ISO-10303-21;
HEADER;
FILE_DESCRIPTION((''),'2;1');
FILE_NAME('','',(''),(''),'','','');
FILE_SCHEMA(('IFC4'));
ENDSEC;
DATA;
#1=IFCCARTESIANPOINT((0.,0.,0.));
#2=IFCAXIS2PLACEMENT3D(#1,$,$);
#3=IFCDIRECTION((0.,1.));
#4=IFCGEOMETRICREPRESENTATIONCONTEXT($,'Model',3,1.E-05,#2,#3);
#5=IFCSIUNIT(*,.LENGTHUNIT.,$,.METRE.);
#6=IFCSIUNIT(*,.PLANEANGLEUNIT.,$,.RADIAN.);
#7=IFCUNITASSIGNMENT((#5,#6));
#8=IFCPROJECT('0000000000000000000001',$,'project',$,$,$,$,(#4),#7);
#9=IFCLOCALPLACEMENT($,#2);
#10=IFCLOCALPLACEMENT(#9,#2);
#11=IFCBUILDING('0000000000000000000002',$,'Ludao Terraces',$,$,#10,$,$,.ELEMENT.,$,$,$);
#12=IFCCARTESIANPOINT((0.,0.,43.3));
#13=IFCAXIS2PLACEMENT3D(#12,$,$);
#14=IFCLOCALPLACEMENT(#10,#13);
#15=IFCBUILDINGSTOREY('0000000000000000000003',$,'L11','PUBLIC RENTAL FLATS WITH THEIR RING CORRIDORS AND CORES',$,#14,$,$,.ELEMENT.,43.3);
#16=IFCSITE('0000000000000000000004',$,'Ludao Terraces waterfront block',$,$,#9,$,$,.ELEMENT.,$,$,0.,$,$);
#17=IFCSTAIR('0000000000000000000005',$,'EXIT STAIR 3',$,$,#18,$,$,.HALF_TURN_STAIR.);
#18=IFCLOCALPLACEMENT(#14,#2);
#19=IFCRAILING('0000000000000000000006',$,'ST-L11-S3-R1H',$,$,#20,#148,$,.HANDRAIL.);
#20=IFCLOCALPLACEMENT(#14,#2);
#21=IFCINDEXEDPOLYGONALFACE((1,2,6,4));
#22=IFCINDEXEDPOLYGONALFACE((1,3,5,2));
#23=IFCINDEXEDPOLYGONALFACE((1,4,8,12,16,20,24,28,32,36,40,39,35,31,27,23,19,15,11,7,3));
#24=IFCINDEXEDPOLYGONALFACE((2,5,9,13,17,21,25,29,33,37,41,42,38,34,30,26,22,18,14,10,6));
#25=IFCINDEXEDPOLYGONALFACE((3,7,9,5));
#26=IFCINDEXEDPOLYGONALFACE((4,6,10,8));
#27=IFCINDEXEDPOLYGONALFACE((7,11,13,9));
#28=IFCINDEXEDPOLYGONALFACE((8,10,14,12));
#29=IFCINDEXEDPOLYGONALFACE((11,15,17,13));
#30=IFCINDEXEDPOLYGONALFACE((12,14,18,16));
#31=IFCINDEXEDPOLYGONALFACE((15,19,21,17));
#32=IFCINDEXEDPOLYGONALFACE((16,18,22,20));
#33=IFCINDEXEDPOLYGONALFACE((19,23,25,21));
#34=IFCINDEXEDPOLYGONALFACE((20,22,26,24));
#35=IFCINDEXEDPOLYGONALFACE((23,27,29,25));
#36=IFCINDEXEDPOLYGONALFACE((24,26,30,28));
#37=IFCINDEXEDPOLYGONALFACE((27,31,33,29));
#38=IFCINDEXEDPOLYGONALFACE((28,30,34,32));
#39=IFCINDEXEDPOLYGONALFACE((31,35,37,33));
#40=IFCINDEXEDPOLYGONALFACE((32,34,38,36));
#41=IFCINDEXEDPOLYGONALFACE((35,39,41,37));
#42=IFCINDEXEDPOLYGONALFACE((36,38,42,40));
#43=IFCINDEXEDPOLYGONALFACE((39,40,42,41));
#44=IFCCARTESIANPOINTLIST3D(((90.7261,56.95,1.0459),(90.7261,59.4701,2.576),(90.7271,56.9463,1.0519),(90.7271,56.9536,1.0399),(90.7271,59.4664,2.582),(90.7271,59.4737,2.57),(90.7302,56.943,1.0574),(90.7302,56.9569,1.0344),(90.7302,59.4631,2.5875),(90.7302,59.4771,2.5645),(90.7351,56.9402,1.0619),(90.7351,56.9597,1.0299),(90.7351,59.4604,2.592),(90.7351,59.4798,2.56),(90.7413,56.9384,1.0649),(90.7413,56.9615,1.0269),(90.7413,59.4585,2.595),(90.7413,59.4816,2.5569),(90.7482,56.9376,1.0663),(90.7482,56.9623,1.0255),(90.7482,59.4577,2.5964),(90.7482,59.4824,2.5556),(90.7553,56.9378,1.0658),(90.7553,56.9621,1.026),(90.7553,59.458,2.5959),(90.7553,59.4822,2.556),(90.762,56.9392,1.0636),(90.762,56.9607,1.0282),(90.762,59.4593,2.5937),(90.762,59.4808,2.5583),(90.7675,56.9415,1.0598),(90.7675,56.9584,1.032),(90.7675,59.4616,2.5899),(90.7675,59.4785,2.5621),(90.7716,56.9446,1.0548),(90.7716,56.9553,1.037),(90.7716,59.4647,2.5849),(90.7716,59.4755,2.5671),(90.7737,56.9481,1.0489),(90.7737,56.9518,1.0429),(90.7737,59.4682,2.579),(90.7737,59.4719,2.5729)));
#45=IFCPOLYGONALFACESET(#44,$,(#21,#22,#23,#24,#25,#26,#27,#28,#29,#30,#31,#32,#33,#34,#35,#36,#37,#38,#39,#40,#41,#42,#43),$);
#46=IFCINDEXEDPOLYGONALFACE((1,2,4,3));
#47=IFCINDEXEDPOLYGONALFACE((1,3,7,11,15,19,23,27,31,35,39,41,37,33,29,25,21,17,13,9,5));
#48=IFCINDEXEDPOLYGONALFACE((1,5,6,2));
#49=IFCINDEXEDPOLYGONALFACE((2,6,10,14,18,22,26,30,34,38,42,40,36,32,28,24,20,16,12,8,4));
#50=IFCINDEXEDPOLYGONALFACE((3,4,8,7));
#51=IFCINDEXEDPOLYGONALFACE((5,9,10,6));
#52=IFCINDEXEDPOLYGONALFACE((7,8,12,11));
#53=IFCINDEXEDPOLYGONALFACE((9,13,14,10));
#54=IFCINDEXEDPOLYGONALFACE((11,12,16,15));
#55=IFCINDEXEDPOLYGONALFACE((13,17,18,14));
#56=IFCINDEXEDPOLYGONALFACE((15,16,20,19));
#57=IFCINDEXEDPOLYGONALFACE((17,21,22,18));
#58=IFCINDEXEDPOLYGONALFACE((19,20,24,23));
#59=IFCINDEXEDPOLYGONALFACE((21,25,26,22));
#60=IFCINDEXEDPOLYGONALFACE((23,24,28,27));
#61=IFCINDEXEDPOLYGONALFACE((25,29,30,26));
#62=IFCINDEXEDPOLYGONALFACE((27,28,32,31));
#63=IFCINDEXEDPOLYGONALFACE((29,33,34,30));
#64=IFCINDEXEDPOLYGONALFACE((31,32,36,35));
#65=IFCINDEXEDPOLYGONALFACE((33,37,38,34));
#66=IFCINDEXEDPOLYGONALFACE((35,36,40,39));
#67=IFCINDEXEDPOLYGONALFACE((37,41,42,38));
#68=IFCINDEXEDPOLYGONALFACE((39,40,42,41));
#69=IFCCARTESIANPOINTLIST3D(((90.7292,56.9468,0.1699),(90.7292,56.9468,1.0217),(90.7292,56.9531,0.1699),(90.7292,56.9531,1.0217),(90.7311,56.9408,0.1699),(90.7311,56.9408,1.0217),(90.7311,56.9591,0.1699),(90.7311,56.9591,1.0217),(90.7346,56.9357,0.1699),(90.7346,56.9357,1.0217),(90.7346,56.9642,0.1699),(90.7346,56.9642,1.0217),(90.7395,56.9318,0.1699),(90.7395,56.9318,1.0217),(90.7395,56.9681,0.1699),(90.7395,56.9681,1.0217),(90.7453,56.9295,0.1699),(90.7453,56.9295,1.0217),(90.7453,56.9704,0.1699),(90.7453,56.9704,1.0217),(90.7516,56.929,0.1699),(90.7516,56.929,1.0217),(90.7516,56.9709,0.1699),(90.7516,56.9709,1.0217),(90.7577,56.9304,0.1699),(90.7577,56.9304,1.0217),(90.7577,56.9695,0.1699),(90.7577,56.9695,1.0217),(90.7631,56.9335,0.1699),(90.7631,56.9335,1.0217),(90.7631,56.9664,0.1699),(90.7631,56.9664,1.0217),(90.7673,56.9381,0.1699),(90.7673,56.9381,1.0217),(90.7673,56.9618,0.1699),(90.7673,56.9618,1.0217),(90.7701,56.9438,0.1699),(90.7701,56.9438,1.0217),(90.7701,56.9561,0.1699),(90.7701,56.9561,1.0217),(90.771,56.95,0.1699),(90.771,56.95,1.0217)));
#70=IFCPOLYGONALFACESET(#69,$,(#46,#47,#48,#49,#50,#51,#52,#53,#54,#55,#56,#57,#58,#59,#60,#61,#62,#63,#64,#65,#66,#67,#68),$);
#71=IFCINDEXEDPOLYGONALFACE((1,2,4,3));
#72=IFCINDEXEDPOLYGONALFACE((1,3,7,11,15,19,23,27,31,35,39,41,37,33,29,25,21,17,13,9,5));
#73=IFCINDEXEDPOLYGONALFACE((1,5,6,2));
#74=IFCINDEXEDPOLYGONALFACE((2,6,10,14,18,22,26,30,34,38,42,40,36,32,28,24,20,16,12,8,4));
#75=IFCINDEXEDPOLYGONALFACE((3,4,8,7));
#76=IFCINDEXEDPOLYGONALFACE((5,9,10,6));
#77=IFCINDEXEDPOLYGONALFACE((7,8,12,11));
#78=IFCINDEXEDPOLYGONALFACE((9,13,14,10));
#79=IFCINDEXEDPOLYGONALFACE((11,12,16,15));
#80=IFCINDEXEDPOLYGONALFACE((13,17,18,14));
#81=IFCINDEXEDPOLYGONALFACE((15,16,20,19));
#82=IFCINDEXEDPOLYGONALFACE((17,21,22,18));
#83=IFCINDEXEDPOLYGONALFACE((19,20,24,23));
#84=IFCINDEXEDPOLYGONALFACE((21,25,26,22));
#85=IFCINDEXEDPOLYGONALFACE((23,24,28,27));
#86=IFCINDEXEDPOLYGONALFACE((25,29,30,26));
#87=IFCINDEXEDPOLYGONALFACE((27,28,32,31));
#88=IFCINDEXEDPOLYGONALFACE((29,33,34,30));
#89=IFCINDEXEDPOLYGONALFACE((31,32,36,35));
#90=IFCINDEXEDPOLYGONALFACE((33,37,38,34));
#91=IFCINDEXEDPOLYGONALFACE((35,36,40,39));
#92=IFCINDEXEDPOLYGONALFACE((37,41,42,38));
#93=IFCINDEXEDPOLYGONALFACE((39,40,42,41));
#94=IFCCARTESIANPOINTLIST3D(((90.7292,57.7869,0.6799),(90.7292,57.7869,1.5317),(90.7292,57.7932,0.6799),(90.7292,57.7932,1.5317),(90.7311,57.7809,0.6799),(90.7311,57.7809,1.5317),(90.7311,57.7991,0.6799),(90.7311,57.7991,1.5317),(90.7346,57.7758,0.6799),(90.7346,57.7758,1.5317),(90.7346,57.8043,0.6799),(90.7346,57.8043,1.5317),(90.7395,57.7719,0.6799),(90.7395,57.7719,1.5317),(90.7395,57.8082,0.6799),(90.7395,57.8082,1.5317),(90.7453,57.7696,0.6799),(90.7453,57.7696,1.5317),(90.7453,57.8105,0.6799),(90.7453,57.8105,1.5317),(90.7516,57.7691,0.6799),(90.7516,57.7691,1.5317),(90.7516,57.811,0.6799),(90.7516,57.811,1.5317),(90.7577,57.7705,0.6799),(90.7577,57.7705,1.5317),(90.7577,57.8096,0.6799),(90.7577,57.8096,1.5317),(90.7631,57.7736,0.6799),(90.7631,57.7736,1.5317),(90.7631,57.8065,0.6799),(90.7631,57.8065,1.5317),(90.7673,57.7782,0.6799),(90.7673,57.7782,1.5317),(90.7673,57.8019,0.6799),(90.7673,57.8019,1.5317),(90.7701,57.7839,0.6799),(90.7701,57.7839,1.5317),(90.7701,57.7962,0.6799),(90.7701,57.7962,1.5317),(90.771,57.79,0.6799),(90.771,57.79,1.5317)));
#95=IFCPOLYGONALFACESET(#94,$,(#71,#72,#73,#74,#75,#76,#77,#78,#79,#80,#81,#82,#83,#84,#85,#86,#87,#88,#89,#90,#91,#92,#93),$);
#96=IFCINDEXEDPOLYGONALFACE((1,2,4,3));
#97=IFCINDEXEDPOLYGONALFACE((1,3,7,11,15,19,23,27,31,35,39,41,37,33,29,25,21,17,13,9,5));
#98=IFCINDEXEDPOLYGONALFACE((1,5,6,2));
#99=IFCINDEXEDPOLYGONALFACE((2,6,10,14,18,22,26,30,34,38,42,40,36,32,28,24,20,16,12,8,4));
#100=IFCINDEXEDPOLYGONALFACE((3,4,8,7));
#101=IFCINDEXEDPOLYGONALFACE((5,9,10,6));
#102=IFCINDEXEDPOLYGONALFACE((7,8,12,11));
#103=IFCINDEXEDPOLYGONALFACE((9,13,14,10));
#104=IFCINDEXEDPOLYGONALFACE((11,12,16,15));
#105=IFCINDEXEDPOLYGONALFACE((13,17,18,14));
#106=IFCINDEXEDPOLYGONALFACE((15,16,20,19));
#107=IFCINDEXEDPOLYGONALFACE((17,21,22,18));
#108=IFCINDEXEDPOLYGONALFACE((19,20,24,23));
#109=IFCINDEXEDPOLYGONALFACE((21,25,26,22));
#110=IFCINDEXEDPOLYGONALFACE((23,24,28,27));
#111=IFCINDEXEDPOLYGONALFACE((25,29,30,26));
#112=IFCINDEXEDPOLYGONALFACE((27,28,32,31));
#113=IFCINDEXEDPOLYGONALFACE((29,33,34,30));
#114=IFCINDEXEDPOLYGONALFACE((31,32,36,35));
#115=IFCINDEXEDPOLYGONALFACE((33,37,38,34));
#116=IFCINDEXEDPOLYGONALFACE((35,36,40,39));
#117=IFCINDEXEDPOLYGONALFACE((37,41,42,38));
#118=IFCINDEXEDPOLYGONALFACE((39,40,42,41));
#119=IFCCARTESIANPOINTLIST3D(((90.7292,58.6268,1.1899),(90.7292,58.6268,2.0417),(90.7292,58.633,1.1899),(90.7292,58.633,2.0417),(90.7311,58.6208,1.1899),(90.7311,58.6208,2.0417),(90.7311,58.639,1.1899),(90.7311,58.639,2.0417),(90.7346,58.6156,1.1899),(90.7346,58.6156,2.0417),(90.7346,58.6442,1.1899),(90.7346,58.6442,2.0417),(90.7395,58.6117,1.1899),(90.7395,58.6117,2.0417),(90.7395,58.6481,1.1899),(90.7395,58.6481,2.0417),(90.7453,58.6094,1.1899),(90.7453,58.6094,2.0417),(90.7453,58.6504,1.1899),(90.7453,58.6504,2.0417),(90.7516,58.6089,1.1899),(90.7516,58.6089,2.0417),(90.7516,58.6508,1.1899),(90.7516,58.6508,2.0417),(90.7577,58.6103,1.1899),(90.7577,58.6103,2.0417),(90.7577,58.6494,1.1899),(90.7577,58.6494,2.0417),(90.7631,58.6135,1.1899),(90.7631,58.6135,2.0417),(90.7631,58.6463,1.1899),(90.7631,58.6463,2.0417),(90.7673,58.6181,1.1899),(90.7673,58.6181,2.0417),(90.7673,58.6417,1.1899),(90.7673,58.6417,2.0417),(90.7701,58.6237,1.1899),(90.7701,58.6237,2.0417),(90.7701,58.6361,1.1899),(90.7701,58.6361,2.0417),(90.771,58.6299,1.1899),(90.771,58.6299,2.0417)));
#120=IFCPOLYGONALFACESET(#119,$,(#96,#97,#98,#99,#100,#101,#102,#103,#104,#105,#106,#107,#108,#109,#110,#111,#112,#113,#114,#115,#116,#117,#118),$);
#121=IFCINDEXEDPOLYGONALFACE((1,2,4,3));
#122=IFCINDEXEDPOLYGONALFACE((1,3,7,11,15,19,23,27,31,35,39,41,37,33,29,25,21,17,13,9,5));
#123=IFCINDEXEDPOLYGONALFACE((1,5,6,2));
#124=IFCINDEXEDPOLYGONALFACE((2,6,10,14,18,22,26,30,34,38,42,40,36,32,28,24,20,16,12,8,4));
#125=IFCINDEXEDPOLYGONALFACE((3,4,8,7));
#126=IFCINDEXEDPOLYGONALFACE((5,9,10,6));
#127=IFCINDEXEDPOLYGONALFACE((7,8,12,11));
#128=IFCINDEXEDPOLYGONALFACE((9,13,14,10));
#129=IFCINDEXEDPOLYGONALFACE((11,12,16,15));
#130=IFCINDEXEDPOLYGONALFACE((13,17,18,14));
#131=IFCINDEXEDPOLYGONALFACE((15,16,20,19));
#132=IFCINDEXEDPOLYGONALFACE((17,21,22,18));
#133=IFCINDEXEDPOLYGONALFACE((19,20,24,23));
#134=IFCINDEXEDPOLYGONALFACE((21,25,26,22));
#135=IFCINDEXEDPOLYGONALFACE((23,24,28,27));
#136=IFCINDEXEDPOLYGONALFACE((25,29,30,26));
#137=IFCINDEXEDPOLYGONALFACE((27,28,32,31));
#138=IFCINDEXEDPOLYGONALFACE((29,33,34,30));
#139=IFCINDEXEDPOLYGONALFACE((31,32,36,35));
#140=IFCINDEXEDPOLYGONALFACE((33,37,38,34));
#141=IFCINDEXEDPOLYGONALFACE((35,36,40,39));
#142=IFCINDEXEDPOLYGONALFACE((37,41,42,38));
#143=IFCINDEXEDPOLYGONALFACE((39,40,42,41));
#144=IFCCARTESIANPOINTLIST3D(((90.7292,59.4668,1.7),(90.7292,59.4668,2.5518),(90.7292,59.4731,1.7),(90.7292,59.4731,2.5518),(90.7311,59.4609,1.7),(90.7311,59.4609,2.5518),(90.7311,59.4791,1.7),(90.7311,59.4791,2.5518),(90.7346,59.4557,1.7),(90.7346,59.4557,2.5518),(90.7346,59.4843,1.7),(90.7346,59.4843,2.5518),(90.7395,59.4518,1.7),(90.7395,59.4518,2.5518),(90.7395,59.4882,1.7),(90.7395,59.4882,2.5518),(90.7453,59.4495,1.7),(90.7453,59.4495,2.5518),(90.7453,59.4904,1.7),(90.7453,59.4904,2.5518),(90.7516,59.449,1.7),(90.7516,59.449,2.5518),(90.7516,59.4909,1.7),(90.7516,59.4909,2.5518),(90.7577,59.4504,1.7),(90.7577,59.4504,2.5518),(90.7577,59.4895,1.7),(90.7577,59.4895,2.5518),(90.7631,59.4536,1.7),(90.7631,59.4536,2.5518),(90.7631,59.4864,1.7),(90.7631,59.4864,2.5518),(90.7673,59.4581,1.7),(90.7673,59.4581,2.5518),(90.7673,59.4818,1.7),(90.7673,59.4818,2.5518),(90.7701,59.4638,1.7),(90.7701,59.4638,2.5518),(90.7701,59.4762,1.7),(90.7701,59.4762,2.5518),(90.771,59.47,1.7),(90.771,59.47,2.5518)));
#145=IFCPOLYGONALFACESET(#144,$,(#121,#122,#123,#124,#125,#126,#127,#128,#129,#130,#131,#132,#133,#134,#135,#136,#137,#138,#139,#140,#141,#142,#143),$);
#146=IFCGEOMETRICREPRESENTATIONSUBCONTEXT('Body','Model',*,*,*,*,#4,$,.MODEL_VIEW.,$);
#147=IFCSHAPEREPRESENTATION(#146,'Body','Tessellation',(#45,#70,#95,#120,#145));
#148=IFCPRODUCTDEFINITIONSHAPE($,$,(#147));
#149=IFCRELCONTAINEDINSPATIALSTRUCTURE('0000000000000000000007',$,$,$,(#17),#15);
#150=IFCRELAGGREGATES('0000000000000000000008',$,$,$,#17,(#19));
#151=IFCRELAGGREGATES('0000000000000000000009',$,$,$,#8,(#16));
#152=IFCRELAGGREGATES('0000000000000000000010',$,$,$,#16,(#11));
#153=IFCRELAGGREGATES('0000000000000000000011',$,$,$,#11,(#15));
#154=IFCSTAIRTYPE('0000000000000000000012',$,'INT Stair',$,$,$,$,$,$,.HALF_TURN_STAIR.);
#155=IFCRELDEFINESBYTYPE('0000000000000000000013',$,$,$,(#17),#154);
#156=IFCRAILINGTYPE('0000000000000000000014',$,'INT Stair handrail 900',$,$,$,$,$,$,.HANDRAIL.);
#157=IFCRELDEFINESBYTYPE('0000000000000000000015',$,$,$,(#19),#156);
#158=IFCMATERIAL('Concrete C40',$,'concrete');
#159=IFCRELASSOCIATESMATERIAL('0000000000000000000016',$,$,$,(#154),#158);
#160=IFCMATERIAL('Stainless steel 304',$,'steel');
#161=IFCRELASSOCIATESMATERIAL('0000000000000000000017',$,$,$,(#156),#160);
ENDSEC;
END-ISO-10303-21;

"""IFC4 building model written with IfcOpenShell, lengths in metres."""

from ifc_helpers import new_model, si_unit, direction, frame, origin, origin_2d, place, context, subcontext, project, spatial, circle, extrude, material, type_object, element, aggregate, save


model = new_model("IFC4")

# Units and contexts
model_context = context("Model", 3, precision=1e-05, world=origin(), true_north=direction((0.0, 1.0)))
body_context = subcontext(model_context, "Body", "Model", "MODEL_VIEW")
ifc_project = project(units=[si_unit("LENGTHUNIT", "METRE"), si_unit("PLANEANGLEUNIT", "RADIAN")], contexts=[model_context])

# Site, building, storey
site_placement = place(None, origin())
site = spatial("IfcSite", under=ifc_project, at=site_placement, Name="Ludao Terraces waterfront block", CompositionType="ELEMENT", RefElevation=0.0)
building_placement = place(site_placement, origin())
building = spatial("IfcBuilding", under=site, at=building_placement, Name="Ludao Terraces", CompositionType="ELEMENT")
storey_placement = place(building_placement, frame((0.0, 0.0, 43.3)))
storey = spatial("IfcBuildingStorey", under=building, at=storey_placement, Name="L11", Description="PUBLIC RENTAL FLATS WITH THEIR RING CORRIDORS AND CORES", CompositionType="ELEMENT", Elevation=43.3)

# Stair, railing
ifc_material_1 = material(Name="Concrete C40", Category="concrete")
stair_type = type_object("IfcStairType", Name="INT Stair", PredefinedType="HALF_TURN_STAIR", material=ifc_material_1)
stair_placement = place(storey_placement, origin())
stair = element("IfcStair", 1, at=stair_placement, inside=storey, type_object=stair_type, Name="EXIT STAIR 3", PredefinedType="HALF_TURN_STAIR")
ifc_material_2 = material(Name="Stainless steel 304", Category="steel")
railing_type_1 = type_object("IfcRailingType", Name="INT Stair handrail 900", PredefinedType="HANDRAIL", material=ifc_material_2)
railing_1_placement = place(storey_placement, frame((90.75, 56.95, 0.1699)))
railing_1 = element("IfcRailing", 2, at=railing_1_placement, type_object=railing_type_1, Name="ST-L11-S3-R1H", PredefinedType="HANDRAIL", context=body_context, shape_type="SweptSolid", body=[
    extrude(circle(Radius=0.0239, at=origin_2d()), frame((0.0, 0.0, 0.876), z_axis=(0.0, 0.854785, 0.518982), x_axis=(-1.0, 0.0, 0.0)), (0.0, 0.0, 1.0), 2.9482),
    extrude(circle(Radius=0.021, at=origin_2d()), origin(), (0.0, 0.0, 1.0), 0.8518),
    extrude(circle(Radius=0.021, at=origin_2d()), frame((0.0, 0.8401, 0.51)), (0.0, 0.0, 1.0), 0.8518),
    extrude(circle(Radius=0.021, at=origin_2d()), frame((0.0, 1.6799, 1.02)), (0.0, 0.0, 1.0), 0.8518),
    extrude(circle(Radius=0.021, at=origin_2d()), frame((0.0, 2.52, 1.53)), (0.0, 0.0, 1.0), 0.8518),
])
aggregate(stair, [railing_1])

save(model, "model.ifc")
